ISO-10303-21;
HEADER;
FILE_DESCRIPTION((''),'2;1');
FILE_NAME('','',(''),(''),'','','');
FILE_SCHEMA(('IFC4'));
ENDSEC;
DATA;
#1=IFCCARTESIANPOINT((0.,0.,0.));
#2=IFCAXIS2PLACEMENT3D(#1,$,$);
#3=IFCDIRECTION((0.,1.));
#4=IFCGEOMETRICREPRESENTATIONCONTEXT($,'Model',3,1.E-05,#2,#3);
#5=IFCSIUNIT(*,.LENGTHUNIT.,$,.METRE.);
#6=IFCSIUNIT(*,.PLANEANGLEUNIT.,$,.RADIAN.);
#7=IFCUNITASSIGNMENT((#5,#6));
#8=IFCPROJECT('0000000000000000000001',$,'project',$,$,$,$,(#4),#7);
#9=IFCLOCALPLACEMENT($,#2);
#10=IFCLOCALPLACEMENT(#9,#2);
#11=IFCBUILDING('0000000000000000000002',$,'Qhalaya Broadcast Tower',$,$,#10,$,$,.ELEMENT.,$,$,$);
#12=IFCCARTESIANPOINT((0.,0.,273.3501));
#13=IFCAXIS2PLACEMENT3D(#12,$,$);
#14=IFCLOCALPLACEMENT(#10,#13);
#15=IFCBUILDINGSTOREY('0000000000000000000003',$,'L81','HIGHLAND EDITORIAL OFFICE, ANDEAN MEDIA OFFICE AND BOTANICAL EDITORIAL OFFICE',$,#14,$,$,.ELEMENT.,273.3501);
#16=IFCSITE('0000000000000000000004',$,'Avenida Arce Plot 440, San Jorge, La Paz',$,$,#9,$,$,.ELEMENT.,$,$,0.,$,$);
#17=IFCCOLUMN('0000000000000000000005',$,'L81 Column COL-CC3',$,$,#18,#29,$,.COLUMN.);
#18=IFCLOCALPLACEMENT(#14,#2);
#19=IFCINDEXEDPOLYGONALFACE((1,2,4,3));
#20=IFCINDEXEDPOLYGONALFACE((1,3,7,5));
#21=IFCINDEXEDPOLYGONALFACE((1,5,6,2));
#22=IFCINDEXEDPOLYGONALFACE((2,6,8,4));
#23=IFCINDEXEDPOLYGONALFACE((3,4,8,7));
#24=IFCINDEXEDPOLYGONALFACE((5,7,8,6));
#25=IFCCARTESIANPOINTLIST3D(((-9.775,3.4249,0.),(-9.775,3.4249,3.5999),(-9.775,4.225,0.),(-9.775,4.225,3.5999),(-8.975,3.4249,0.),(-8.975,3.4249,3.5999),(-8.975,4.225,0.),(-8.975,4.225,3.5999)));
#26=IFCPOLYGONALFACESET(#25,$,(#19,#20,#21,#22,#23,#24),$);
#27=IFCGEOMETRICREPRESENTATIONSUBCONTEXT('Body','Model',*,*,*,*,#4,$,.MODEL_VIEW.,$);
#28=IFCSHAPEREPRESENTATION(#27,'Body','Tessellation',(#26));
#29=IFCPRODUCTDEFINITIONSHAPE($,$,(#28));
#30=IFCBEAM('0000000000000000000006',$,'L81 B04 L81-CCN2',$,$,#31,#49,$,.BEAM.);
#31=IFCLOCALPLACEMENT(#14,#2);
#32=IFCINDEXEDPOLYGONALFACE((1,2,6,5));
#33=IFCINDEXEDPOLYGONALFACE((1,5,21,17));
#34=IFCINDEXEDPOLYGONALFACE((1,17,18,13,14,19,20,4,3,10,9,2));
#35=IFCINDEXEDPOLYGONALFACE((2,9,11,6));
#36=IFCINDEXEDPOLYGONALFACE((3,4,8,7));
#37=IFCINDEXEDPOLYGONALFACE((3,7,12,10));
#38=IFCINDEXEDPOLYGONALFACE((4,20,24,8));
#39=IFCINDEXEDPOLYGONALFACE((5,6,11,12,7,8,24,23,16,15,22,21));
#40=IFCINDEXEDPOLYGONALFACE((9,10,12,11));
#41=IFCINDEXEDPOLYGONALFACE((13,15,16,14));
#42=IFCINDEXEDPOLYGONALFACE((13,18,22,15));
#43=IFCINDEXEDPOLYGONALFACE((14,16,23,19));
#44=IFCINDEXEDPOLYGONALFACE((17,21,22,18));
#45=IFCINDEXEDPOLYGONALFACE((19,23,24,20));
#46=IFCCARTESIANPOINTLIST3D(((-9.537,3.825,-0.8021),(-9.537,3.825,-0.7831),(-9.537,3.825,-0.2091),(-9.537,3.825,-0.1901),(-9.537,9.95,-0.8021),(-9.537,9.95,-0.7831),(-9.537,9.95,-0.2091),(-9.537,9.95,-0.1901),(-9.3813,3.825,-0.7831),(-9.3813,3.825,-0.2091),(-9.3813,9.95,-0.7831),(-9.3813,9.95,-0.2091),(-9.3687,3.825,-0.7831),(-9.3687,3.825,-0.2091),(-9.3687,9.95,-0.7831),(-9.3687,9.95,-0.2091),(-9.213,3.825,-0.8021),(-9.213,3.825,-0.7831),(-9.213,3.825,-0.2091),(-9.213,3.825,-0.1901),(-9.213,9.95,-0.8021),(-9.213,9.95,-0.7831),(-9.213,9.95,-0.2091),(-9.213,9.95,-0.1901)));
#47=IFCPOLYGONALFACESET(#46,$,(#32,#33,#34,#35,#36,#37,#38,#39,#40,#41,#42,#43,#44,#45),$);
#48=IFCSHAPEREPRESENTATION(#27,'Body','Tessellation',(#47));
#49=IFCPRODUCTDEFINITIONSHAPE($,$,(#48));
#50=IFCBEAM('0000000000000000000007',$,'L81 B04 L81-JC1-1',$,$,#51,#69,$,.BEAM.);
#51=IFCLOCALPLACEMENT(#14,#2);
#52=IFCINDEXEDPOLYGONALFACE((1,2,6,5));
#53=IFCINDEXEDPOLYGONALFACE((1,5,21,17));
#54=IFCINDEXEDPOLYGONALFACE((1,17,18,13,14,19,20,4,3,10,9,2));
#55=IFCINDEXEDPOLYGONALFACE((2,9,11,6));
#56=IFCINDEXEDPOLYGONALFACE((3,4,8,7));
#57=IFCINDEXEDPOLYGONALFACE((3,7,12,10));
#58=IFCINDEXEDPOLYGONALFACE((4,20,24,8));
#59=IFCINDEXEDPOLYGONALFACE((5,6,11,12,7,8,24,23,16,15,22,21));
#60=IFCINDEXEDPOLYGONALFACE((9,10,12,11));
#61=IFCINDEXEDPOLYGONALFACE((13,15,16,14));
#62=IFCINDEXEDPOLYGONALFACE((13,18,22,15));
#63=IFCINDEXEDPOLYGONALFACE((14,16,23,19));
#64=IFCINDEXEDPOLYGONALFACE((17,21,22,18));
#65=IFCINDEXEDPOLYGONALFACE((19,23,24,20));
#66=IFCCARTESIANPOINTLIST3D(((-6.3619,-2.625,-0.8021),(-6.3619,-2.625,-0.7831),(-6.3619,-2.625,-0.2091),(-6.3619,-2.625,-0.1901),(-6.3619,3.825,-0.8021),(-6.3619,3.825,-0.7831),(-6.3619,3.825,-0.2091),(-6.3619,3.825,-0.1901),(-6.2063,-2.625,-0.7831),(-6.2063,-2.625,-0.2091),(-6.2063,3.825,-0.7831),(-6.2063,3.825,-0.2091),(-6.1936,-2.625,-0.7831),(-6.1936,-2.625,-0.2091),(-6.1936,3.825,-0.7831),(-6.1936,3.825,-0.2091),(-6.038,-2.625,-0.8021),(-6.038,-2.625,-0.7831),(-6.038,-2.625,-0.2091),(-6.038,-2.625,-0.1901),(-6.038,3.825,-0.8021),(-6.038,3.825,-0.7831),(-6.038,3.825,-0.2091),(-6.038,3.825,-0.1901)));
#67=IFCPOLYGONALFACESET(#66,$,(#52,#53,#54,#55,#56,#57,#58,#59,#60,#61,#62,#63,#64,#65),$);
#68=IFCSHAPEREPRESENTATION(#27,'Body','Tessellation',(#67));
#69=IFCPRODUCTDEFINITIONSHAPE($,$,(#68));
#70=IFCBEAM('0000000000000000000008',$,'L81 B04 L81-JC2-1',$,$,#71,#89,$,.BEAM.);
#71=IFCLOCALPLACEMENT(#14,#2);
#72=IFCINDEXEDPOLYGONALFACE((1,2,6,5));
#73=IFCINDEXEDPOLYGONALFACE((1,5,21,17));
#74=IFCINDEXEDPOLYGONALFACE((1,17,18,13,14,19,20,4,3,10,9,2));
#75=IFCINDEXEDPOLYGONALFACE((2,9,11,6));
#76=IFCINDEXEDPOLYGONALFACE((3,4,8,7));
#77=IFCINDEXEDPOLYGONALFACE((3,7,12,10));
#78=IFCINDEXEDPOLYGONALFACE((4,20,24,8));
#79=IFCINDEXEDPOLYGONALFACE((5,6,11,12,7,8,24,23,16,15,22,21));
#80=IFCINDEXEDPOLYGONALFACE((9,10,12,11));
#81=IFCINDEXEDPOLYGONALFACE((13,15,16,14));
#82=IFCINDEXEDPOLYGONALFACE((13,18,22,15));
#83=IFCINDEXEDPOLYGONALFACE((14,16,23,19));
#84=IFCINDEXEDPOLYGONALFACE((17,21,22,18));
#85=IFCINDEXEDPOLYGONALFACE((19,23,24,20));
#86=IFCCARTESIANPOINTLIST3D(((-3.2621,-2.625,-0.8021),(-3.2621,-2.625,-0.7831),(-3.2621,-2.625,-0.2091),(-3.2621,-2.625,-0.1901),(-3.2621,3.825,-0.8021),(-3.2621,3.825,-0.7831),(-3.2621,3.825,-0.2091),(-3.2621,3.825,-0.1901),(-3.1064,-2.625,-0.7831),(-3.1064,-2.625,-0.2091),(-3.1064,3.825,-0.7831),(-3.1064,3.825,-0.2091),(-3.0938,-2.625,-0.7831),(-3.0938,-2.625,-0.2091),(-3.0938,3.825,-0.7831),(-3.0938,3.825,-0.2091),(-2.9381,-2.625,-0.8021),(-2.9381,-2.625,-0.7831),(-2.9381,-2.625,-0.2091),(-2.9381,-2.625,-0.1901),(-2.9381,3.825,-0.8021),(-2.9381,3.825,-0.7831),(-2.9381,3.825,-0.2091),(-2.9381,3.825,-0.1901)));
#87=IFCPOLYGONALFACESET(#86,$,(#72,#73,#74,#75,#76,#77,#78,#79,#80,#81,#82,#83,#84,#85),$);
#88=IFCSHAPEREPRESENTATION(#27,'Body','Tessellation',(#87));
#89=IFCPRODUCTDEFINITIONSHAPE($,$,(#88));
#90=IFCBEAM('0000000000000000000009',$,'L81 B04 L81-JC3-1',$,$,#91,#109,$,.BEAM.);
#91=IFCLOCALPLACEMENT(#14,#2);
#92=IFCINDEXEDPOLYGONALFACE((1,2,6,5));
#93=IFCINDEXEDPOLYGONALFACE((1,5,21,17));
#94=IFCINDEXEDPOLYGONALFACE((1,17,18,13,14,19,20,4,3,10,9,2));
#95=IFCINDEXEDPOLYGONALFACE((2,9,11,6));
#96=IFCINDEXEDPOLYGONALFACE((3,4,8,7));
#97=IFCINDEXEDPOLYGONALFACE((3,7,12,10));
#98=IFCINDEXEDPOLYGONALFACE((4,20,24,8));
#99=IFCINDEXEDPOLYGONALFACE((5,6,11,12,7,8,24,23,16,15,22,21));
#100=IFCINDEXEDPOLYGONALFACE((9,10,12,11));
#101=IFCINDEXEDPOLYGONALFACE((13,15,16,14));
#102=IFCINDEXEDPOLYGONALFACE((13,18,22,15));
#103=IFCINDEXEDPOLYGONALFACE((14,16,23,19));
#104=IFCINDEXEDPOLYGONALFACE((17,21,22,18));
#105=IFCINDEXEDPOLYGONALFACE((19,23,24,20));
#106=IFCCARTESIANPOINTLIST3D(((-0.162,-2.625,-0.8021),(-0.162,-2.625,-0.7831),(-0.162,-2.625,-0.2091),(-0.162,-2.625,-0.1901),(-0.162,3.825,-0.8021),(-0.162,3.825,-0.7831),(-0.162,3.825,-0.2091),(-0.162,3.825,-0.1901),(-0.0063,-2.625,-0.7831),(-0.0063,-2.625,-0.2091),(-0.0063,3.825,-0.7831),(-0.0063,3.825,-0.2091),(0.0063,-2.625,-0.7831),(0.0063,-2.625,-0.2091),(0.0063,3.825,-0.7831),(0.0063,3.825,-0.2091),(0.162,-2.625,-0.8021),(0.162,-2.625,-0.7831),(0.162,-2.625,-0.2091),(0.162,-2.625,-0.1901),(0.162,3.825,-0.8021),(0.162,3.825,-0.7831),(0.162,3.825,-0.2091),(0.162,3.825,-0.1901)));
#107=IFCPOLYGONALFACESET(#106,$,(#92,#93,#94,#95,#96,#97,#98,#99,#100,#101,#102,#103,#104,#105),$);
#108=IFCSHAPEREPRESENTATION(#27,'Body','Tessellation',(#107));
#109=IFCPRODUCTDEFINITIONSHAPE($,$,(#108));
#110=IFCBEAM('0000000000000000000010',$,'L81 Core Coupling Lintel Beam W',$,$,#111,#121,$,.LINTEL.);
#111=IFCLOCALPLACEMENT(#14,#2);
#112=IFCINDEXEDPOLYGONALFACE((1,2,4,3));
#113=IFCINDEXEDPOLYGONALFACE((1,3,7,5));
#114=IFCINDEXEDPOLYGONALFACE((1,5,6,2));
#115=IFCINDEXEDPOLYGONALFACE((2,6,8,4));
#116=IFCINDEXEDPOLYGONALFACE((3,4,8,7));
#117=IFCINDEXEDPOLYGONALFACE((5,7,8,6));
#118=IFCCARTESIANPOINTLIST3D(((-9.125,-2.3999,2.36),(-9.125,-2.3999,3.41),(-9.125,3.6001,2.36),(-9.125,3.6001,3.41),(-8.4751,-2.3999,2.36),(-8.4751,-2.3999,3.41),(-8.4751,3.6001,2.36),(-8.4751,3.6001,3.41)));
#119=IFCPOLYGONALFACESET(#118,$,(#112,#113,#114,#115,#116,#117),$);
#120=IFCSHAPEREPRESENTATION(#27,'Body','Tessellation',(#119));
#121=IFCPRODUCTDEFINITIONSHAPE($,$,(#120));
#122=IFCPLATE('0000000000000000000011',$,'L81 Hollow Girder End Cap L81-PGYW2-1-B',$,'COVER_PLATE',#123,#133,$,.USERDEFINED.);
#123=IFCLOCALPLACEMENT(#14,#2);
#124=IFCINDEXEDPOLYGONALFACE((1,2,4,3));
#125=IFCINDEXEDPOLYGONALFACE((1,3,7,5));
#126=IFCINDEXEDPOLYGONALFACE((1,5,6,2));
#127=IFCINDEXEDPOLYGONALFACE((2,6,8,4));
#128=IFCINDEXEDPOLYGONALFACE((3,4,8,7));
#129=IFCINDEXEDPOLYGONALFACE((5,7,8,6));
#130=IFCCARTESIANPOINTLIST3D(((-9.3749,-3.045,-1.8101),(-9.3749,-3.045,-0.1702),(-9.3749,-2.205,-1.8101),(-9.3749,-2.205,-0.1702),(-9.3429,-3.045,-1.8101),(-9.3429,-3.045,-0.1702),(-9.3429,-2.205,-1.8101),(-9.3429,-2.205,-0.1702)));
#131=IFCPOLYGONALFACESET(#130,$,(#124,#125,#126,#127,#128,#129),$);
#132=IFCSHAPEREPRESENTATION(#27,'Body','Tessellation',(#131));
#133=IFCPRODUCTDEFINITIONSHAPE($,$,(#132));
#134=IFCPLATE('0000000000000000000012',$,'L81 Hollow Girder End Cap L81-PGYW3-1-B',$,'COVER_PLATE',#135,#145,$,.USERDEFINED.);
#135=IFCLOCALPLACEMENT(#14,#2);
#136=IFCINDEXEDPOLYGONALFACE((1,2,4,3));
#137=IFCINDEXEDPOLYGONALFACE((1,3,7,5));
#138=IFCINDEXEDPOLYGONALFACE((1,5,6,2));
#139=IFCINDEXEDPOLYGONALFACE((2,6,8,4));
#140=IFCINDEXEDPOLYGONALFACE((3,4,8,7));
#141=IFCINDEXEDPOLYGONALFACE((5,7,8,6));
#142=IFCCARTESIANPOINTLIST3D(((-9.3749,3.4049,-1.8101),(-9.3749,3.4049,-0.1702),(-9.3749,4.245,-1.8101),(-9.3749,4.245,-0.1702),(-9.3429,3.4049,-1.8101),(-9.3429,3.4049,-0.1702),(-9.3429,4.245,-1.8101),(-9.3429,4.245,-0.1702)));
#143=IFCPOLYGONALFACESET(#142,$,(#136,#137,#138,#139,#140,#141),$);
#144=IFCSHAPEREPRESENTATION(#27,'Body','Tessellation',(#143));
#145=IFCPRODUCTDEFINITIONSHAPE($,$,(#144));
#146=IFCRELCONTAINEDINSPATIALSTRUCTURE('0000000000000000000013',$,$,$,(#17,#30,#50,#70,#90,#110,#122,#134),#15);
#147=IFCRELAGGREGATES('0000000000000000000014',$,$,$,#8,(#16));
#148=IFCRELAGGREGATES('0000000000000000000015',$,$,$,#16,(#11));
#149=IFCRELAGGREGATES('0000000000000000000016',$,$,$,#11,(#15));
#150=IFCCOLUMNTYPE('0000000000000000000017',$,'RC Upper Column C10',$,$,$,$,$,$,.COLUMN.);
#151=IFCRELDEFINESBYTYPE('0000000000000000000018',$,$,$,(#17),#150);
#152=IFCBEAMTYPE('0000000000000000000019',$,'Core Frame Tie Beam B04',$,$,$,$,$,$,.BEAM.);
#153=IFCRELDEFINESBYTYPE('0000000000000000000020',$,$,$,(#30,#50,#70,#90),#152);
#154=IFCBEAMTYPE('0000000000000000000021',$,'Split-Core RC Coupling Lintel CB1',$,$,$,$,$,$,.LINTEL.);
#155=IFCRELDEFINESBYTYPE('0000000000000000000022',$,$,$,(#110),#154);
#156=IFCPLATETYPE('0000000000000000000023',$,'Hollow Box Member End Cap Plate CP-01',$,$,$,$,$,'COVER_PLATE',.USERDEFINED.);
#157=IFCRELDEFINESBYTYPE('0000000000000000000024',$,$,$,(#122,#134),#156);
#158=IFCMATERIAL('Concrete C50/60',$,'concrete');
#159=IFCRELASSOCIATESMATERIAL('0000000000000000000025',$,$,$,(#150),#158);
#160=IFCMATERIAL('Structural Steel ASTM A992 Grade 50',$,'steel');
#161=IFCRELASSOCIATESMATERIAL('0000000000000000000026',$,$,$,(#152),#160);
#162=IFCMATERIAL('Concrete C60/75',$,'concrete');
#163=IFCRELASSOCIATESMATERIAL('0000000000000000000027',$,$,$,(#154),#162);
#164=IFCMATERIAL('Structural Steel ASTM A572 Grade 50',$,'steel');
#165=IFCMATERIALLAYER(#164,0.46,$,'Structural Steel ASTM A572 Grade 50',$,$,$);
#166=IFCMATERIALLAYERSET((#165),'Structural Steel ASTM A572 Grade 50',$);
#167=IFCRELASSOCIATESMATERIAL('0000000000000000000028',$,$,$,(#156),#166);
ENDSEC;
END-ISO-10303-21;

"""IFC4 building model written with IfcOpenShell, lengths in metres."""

from ifc_helpers import new_model, si_unit, direction, frame, origin, origin_2d, place, context, subcontext, project, spatial, rectangle, i_section, extrude, material, layer, layer_set, material_profile, profile_set, type_object, element, save


model = new_model("IFC4")

# Units and contexts
model_context = context("Model", 3, precision=1e-05, world=origin(), true_north=direction((0.0, 1.0)))
body_context = subcontext(model_context, "Body", "Model", "MODEL_VIEW")
ifc_project = project(units=[si_unit("LENGTHUNIT", "METRE"), si_unit("PLANEANGLEUNIT", "RADIAN")], contexts=[model_context])

# Site, building, storey
site_placement = place(None, origin())
site = spatial("IfcSite", under=ifc_project, at=site_placement, Name="Avenida Arce Plot 440, San Jorge, La Paz", CompositionType="ELEMENT", RefElevation=0.0)
building_placement = place(site_placement, origin())
building = spatial("IfcBuilding", under=site, at=building_placement, Name="Qhalaya Broadcast Tower", CompositionType="ELEMENT")
storey_placement = place(building_placement, frame((0.0, 0.0, 273.3501)))
storey = spatial("IfcBuildingStorey", under=building, at=storey_placement, Name="L81", Description="HIGHLAND EDITORIAL OFFICE, ANDEAN MEDIA OFFICE AND BOTANICAL EDITORIAL OFFICE", CompositionType="ELEMENT", Elevation=273.3501)

# Column
ifc_material_1 = material(Name="Concrete C50/60", Category="concrete")
ifc_material_profile_1 = material_profile(ifc_material_1, rectangle(XDim=0.8, YDim=0.8, at=origin_2d()), Name="RC-COL 800x800")
ifc_profile_set_1 = profile_set([ifc_material_profile_1], Name="Concrete C50/60")
column_type = type_object("IfcColumnType", Name="RC Upper Column C10", PredefinedType="COLUMN", material=ifc_profile_set_1)
column_placement = place(storey_placement, frame((-9.375, 3.825, 0.0), z_axis=(0.0, 0.0, 1.0), x_axis=(1.0, 0.0, 0.0)))
element("IfcColumn", 1, at=column_placement, inside=storey, type_object=column_type, Name="L81 Column COL-CC3", PredefinedType="COLUMN", context=body_context, shape_type="SweptSolid", body=[
    extrude(rectangle(XDim=0.8, YDim=0.8, at=origin_2d()), origin(), (0.0, 0.0, 1.0), 3.5999),
])

# Beams
ifc_material_2 = material(Name="Structural Steel ASTM A992 Grade 50", Category="steel")
ifc_material_profile_2 = material_profile(ifc_material_2, i_section(OverallWidth=0.324, OverallDepth=0.6121, WebThickness=0.0127, FlangeThickness=0.019, at=origin_2d()), Name="W24X104")
ifc_profile_set_2 = profile_set([ifc_material_profile_2], Name="Structural Steel ASTM A992 Grade 50")
beam_type_1 = type_object("IfcBeamType", Name="Core Frame Tie Beam B04", PredefinedType="BEAM", material=ifc_profile_set_2)
beam_1_placement = place(storey_placement, frame((-9.375, 3.825, -0.4961), z_axis=(0.0, 1.0, 0.0), x_axis=(-1.0, 0.0, 0.0)))
element("IfcBeam", 2, at=beam_1_placement, inside=storey, type_object=beam_type_1, Name="L81 B04 L81-CCN2", PredefinedType="BEAM", context=body_context, shape_type="SweptSolid", body=[
    extrude(i_section(OverallWidth=0.324, OverallDepth=0.6121, WebThickness=0.0127, FlangeThickness=0.019, at=origin_2d()), origin(), (0.0, 0.0, 1.0), 6.125),
])
for number, where, z_axis, x_axis, name in (
    (3, (-6.2, -2.625, -0.4961), (0.0, 1.0, 0.0), (-1.0, 0.0, 0.0), "L81 B04 L81-JC1-1"),
    (4, (-3.1001, -2.625, -0.4961), (0.0, 1.0, 0.0), (-1.0, 0.0, 0.0), "L81 B04 L81-JC2-1"),
    (5, (0.0, -2.625, -0.4961), (0.0, 1.0, 0.0), (-1.0, 0.0, 0.0), "L81 B04 L81-JC3-1"),
):
    element("IfcBeam", number, at=place(storey_placement, frame(where, z_axis=z_axis, x_axis=x_axis)), inside=storey, type_object=beam_type_1, Name=name, PredefinedType="BEAM", context=body_context, shape_type="SweptSolid", body=[
        extrude(i_section(OverallWidth=0.324, OverallDepth=0.6121, WebThickness=0.0127, FlangeThickness=0.019, at=origin_2d()), origin(), (0.0, 0.0, 1.0), 6.45),
    ])
ifc_material_3 = material(Name="Concrete C60/75", Category="concrete")
ifc_material_profile_3 = material_profile(ifc_material_3, rectangle(XDim=0.6499, YDim=1.05, at=origin_2d()), Name="RC-CB 650x1050")
ifc_profile_set_3 = profile_set([ifc_material_profile_3], Name="Concrete C60/75")
beam_type_2 = type_object("IfcBeamType", Name="Split-Core RC Coupling Lintel CB1", PredefinedType="LINTEL", material=ifc_profile_set_3)
beam_2_placement = place(storey_placement, frame((-8.8, -2.3999, 2.885), z_axis=(0.0, 1.0, 0.0), x_axis=(-1.0, 0.0, 0.0)))
element("IfcBeam", 6, at=beam_2_placement, inside=storey, type_object=beam_type_2, Name="L81 Core Coupling Lintel Beam W", PredefinedType="LINTEL", context=body_context, shape_type="SweptSolid", body=[
    extrude(rectangle(XDim=0.6499, YDim=1.05, at=origin_2d()), origin(), (0.0, 0.0, 1.0), 6.0),
])

# Plates
ifc_material_4 = material(Name="Structural Steel ASTM A572 Grade 50", Category="steel")
ifc_layer_1 = layer(ifc_material_4, 0.46, Name="Structural Steel ASTM A572 Grade 50")
ifc_layer_set_1 = layer_set([ifc_layer_1], Name="Structural Steel ASTM A572 Grade 50")
plate_type = type_object("IfcPlateType", Name="Hollow Box Member End Cap Plate CP-01", ElementType="COVER_PLATE", PredefinedType="USERDEFINED", material=ifc_layer_set_1)
for number, where, z_axis, x_axis, name in (
    (7, (-9.3589, -2.625, -1.8101), (0.0, 0.0, 1.0), (0.0, 1.0, 0.0), "L81 Hollow Girder End Cap L81-PGYW2-1-B"),
    (8, (-9.3589, 3.825, -1.8101), (0.0, 0.0, 1.0), (0.0, 1.0, 0.0), "L81 Hollow Girder End Cap L81-PGYW3-1-B"),
):
    element("IfcPlate", number, at=place(storey_placement, frame(where, z_axis=z_axis, x_axis=x_axis)), inside=storey, type_object=plate_type, Name=name, ObjectType="COVER_PLATE", PredefinedType="USERDEFINED", context=body_context, shape_type="SweptSolid", body=[
        extrude(rectangle(XDim=0.8401, YDim=0.032, at=origin_2d()), origin(), (0.0, 0.0, 1.0), 1.6399),
    ])

save(model, "model.ifc")
